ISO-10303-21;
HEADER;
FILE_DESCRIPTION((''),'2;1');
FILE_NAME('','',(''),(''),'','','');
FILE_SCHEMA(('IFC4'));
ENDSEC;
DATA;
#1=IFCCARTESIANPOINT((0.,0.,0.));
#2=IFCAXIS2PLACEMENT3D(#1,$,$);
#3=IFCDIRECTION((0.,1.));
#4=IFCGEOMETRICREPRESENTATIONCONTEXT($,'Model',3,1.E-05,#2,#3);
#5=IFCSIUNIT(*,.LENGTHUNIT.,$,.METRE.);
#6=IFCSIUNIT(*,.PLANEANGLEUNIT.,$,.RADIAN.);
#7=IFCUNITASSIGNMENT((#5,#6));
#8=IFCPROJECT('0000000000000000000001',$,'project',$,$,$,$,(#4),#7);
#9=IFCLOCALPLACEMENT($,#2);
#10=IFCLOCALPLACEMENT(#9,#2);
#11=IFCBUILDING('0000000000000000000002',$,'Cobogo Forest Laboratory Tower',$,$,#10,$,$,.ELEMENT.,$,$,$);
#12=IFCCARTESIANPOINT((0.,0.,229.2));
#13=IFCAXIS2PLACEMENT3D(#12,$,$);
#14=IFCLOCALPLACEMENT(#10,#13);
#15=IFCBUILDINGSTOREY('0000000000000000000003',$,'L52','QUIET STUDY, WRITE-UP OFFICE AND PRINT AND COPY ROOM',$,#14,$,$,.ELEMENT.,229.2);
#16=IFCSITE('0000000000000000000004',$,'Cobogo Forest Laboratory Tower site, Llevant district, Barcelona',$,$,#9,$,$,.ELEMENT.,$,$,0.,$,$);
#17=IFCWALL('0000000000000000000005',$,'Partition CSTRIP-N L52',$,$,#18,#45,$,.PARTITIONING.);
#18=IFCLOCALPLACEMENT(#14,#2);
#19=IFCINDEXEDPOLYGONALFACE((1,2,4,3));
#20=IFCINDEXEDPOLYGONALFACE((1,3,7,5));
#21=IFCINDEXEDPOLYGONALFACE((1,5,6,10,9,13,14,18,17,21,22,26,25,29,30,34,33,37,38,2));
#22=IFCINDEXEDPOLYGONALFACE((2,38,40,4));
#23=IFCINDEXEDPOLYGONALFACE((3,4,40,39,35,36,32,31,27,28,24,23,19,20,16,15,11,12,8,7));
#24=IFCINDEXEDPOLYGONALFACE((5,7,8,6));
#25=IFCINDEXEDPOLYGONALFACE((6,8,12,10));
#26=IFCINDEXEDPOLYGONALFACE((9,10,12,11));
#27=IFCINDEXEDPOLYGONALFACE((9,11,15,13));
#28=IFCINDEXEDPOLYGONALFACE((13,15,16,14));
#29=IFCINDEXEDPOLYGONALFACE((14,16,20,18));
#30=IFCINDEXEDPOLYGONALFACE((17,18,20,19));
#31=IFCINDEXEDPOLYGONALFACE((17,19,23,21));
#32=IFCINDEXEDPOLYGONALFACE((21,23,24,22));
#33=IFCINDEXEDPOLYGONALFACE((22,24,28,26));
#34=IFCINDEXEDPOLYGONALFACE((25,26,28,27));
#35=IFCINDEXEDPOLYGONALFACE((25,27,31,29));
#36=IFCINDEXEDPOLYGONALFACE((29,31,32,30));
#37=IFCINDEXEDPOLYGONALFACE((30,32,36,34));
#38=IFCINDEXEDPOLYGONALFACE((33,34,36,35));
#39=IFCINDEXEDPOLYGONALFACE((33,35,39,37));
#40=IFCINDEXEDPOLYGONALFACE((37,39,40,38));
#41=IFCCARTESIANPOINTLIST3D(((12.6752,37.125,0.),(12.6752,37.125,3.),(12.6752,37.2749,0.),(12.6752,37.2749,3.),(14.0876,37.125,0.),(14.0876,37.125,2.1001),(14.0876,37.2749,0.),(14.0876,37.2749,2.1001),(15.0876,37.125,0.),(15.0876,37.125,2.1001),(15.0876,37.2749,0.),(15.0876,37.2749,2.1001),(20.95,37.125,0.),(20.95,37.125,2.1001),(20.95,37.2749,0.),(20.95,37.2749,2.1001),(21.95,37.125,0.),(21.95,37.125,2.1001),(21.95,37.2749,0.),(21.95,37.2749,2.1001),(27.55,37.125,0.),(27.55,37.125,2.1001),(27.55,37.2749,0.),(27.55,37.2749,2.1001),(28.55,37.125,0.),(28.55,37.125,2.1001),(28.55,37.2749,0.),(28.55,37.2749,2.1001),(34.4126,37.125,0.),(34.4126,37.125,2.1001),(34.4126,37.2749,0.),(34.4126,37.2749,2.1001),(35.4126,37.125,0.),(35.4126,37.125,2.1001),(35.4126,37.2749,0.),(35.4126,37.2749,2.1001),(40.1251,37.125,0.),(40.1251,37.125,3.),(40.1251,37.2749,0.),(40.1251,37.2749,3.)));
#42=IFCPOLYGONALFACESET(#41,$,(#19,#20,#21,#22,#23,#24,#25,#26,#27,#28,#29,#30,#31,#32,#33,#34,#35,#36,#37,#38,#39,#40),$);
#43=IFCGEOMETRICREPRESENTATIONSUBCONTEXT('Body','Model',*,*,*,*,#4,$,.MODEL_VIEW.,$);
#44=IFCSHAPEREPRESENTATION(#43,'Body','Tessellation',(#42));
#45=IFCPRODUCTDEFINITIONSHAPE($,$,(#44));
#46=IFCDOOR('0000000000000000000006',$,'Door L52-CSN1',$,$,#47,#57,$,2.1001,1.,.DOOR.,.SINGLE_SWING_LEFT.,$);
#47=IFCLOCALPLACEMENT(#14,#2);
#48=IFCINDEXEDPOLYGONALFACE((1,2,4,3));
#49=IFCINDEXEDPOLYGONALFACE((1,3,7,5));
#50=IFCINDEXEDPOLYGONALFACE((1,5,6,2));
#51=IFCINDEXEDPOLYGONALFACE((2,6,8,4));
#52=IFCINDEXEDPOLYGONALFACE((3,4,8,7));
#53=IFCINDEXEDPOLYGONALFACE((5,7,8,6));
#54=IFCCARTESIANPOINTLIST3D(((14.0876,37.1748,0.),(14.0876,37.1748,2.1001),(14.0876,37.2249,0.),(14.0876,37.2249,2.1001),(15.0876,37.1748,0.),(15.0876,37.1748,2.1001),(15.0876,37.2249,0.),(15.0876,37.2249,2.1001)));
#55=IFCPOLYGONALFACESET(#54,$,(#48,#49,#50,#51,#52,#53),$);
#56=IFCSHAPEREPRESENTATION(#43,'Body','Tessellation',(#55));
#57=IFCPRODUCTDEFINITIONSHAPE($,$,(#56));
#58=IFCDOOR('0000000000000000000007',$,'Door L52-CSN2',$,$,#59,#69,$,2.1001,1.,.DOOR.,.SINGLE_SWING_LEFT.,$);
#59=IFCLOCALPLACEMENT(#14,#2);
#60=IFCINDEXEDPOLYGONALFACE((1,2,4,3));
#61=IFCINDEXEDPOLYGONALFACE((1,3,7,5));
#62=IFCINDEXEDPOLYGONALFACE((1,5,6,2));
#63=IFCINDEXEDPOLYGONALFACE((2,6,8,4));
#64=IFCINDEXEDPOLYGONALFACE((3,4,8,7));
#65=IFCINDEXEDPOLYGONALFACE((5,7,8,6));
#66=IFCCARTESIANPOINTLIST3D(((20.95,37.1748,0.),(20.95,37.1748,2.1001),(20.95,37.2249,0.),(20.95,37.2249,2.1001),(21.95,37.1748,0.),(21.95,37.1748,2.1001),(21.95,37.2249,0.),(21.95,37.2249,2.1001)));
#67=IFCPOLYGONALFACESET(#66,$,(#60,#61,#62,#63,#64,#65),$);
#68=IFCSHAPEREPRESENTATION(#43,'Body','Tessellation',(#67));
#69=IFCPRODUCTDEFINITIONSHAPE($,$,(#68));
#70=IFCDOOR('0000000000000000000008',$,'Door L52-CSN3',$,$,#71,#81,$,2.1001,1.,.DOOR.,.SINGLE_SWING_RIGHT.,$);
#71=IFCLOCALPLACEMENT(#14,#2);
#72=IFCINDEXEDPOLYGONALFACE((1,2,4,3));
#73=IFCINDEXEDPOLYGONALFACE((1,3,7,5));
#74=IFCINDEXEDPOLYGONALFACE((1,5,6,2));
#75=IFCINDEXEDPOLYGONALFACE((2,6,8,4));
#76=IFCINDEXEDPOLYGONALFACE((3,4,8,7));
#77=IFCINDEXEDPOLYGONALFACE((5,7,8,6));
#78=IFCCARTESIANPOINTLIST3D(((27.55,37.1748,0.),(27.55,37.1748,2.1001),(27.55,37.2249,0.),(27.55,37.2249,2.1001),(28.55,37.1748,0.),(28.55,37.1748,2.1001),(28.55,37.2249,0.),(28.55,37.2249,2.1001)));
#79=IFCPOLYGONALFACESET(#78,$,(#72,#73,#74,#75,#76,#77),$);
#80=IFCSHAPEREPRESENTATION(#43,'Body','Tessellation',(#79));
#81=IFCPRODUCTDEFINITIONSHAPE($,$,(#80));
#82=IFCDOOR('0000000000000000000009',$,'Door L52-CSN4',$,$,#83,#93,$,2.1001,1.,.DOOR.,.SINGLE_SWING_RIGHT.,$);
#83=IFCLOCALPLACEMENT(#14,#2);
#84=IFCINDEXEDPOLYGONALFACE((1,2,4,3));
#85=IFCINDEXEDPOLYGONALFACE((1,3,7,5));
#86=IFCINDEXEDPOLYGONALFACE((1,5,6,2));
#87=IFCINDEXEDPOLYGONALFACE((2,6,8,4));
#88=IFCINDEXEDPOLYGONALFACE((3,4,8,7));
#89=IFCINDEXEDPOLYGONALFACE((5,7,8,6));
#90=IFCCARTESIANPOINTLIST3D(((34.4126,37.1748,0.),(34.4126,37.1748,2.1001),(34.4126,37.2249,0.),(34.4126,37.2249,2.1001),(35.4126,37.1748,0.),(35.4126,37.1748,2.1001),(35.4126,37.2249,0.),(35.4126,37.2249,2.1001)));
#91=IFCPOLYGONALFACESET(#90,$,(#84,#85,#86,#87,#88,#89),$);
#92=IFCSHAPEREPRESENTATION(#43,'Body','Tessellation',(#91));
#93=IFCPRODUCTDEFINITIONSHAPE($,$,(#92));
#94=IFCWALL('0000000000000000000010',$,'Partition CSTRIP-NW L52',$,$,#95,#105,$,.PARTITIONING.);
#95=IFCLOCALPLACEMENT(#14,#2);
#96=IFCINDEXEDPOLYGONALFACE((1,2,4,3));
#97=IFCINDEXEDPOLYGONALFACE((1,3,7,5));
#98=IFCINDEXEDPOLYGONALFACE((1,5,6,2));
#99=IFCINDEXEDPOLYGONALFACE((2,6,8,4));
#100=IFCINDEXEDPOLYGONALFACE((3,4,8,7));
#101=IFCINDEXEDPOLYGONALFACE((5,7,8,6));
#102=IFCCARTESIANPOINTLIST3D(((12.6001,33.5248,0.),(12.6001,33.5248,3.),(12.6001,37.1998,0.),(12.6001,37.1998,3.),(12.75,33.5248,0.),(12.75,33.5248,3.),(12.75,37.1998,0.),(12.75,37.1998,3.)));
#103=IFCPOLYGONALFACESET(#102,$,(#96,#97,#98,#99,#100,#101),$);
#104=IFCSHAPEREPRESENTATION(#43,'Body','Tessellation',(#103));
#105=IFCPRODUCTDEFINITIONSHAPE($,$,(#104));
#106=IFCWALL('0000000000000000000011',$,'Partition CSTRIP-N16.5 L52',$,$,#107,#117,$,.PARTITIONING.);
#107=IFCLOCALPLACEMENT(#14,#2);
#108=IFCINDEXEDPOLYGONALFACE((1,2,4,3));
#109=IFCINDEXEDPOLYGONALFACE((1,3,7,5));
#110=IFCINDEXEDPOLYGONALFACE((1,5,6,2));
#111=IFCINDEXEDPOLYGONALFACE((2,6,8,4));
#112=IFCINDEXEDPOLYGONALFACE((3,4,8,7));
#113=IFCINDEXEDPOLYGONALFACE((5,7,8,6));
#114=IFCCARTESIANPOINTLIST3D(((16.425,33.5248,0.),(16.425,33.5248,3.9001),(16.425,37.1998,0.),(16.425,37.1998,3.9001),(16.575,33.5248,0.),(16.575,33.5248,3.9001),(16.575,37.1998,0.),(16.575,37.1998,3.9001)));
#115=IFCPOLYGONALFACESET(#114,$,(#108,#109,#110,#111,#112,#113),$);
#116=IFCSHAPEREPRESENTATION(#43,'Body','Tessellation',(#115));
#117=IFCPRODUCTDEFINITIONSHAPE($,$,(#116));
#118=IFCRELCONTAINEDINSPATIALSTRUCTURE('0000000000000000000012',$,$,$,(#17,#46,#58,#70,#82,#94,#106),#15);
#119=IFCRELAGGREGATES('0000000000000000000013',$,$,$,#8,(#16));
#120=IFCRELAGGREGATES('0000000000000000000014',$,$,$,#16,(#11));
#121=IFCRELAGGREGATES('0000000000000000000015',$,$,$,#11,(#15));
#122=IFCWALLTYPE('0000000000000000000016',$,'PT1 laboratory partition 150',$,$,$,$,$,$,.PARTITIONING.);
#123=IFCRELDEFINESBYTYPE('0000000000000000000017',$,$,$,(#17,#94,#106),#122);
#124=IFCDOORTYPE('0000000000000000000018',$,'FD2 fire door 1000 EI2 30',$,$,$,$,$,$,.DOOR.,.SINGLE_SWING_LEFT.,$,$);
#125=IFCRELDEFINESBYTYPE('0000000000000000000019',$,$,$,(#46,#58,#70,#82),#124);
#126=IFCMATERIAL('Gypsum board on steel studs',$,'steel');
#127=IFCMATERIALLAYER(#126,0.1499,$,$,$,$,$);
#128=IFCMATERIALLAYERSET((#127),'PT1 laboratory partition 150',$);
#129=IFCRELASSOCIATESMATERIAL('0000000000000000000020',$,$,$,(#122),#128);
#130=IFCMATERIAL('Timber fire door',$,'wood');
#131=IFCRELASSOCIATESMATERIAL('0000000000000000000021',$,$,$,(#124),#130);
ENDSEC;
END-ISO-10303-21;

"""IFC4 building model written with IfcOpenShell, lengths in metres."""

from ifc_helpers import new_model, si_unit, direction, frame, frame_2d, origin, place, context, subcontext, project, spatial, rectangle, extrude, material, layer, layer_set, type_object, element, fill, save


model = new_model("IFC4")

# Units and contexts
model_context = context("Model", 3, precision=1e-05, world=origin(), true_north=direction((0.0, 1.0)))
body_context = subcontext(model_context, "Body", "Model", "MODEL_VIEW")
ifc_project = project(units=[si_unit("LENGTHUNIT", "METRE"), si_unit("PLANEANGLEUNIT", "RADIAN")], contexts=[model_context])

# Site, building, storey
site_placement = place(None, origin())
site = spatial("IfcSite", under=ifc_project, at=site_placement, Name="Cobogo Forest Laboratory Tower site, Llevant district, Barcelona", CompositionType="ELEMENT", RefElevation=0.0)
building_placement = place(site_placement, origin())
building = spatial("IfcBuilding", under=site, at=building_placement, Name="Cobogo Forest Laboratory Tower", CompositionType="ELEMENT")
storey_placement = place(building_placement, frame((0.0, 0.0, 229.2)))
storey = spatial("IfcBuildingStorey", under=building, at=storey_placement, Name="L52", Description="QUIET STUDY, WRITE-UP OFFICE AND PRINT AND COPY ROOM", CompositionType="ELEMENT", Elevation=229.2)

# Wall, openings, doors
ifc_material_1 = material(Name="Gypsum board on steel studs", Category="steel")
ifc_layer_1 = layer(ifc_material_1, 0.1499)
ifc_layer_set_1 = layer_set([ifc_layer_1], Name="PT1 laboratory partition 150")
wall_type_1 = type_object("IfcWallType", Name="PT1 laboratory partition 150", PredefinedType="PARTITIONING", material=ifc_layer_set_1)
wall_1_placement = place(storey_placement, frame((12.675, 37.2, 0.0), z_axis=(0.0, 0.0, 1.0), x_axis=(1.0, 0.0, 0.0)))
wall_1 = element("IfcWall", 1, at=wall_1_placement, inside=storey, type_object=wall_type_1, Name="Partition CSTRIP-N L52", PredefinedType="PARTITIONING", context=body_context, shape_type="SweptSolid", body=[
    extrude(rectangle(XDim=27.45, YDim=0.1499, at=frame_2d((13.7251, 0.0))), origin(), (0.0, 0.0, 1.0), 3.0),
])
opening_1_placement = place(wall_1_placement, frame((1.4126, 0.0, 0.0)))
opening_1 = element("IfcOpeningElement", 2, at=opening_1_placement, cuts=wall_1, PredefinedType="OPENING", context=body_context, shape_type="SweptSolid", body=[
    extrude(rectangle(XDim=1.0, YDim=2.1001, at=frame_2d((0.5, 1.05))), frame((0.0, 0.085, 0.0), z_axis=(0.0, -1.0, 0.0), x_axis=(1.0, 0.0, 0.0)), (0.0, 0.0, 1.0), 0.1699),
])
opening_2_placement = place(wall_1_placement, frame((8.2749, 0.0, 0.0)))
opening_2 = element("IfcOpeningElement", 3, at=opening_2_placement, cuts=wall_1, PredefinedType="OPENING", context=body_context, shape_type="SweptSolid", body=[
    extrude(rectangle(XDim=1.0, YDim=2.1001, at=frame_2d((0.5, 1.05))), frame((0.0, 0.085, 0.0), z_axis=(0.0, -1.0, 0.0), x_axis=(1.0, 0.0, 0.0)), (0.0, 0.0, 1.0), 0.1699),
])
opening_3_placement = place(wall_1_placement, frame((14.875, 0.0, 0.0)))
opening_3 = element("IfcOpeningElement", 4, at=opening_3_placement, cuts=wall_1, PredefinedType="OPENING", context=body_context, shape_type="SweptSolid", body=[
    extrude(rectangle(XDim=1.0, YDim=2.1001, at=frame_2d((0.5, 1.05))), frame((0.0, 0.085, 0.0), z_axis=(0.0, -1.0, 0.0), x_axis=(1.0, 0.0, 0.0)), (0.0, 0.0, 1.0), 0.1699),
])
opening_4_placement = place(wall_1_placement, frame((21.7375, 0.0, 0.0)))
opening_4 = element("IfcOpeningElement", 5, at=opening_4_placement, cuts=wall_1, PredefinedType="OPENING", context=body_context, shape_type="SweptSolid", body=[
    extrude(rectangle(XDim=1.0, YDim=2.1001, at=frame_2d((0.5, 1.05))), frame((0.0, 0.085, 0.0), z_axis=(0.0, -1.0, 0.0), x_axis=(1.0, 0.0, 0.0)), (0.0, 0.0, 1.0), 0.1699),
])
ifc_material_2 = material(Name="Timber fire door", Category="wood")
door_type_1 = type_object("IfcDoorType", Name="FD2 fire door 1000 EI2 30", OperationType="SINGLE_SWING_LEFT", PredefinedType="DOOR", material=ifc_material_2)
door_1_placement = place(opening_1_placement, origin())
door_1 = element("IfcDoor", 6, at=door_1_placement, inside=storey, type_object=door_type_1, Name="Door L52-CSN1", OperationType="SINGLE_SWING_LEFT", OverallHeight=2.1001, OverallWidth=1.0, PredefinedType="DOOR", context=body_context, shape_type="SweptSolid", body=[
    extrude(rectangle(XDim=1.0, YDim=2.1001, at=frame_2d((0.5, 1.05))), frame((0.0, 0.0249, 0.0), z_axis=(0.0, -1.0, 0.0), x_axis=(1.0, 0.0, 0.0)), (0.0, 0.0, 1.0), 0.05),
])
fill(opening_1, door_1)
door_2_placement = place(opening_2_placement, origin())
door_2 = element("IfcDoor", 7, at=door_2_placement, inside=storey, type_object=door_type_1, Name="Door L52-CSN2", OperationType="SINGLE_SWING_LEFT", OverallHeight=2.1001, OverallWidth=1.0, PredefinedType="DOOR", context=body_context, shape_type="SweptSolid", body=[
    extrude(rectangle(XDim=1.0, YDim=2.1001, at=frame_2d((0.5, 1.05))), frame((0.0, 0.0249, 0.0), z_axis=(0.0, -1.0, 0.0), x_axis=(1.0, 0.0, 0.0)), (0.0, 0.0, 1.0), 0.05),
])
fill(opening_2, door_2)
door_3_placement = place(opening_3_placement, origin())
door_3 = element("IfcDoor", 8, at=door_3_placement, inside=storey, type_object=door_type_1, Name="Door L52-CSN3", OperationType="SINGLE_SWING_RIGHT", OverallHeight=2.1001, OverallWidth=1.0, PredefinedType="DOOR", context=body_context, shape_type="SweptSolid", body=[
    extrude(rectangle(XDim=1.0, YDim=2.1001, at=frame_2d((0.5, 1.05))), frame((0.0, 0.0249, 0.0), z_axis=(0.0, -1.0, 0.0), x_axis=(1.0, 0.0, 0.0)), (0.0, 0.0, 1.0), 0.05),
])
fill(opening_3, door_3)
door_4_placement = place(opening_4_placement, origin())
door_4 = element("IfcDoor", 9, at=door_4_placement, inside=storey, type_object=door_type_1, Name="Door L52-CSN4", OperationType="SINGLE_SWING_RIGHT", OverallHeight=2.1001, OverallWidth=1.0, PredefinedType="DOOR", context=body_context, shape_type="SweptSolid", body=[
    extrude(rectangle(XDim=1.0, YDim=2.1001, at=frame_2d((0.5, 1.05))), frame((0.0, 0.0249, 0.0), z_axis=(0.0, -1.0, 0.0), x_axis=(1.0, 0.0, 0.0)), (0.0, 0.0, 1.0), 0.05),
])
fill(opening_4, door_4)

# Walls
wall_2_placement = place(storey_placement, frame((12.675, 33.5249, 0.0), z_axis=(0.0, 0.0, 1.0), x_axis=(0.0, 1.0, 0.0)))
element("IfcWall", 10, at=wall_2_placement, inside=storey, type_object=wall_type_1, Name="Partition CSTRIP-NW L52", PredefinedType="PARTITIONING", context=body_context, shape_type="SweptSolid", body=[
    extrude(rectangle(XDim=3.675, YDim=0.1499, at=frame_2d((1.8374, 0.0))), origin(), (0.0, 0.0, 1.0), 3.0),
])
wall_3_placement = place(storey_placement, frame((16.5, 33.5249, 0.0), z_axis=(0.0, 0.0, 1.0), x_axis=(0.0, 1.0, 0.0)))
element("IfcWall", 11, at=wall_3_placement, inside=storey, type_object=wall_type_1, Name="Partition CSTRIP-N16.5 L52", PredefinedType="PARTITIONING", context=body_context, shape_type="SweptSolid", body=[
    extrude(rectangle(XDim=3.675, YDim=0.1499, at=frame_2d((1.8374, 0.0))), origin(), (0.0, 0.0, 1.0), 3.9001),
])

save(model, "model.ifc")
